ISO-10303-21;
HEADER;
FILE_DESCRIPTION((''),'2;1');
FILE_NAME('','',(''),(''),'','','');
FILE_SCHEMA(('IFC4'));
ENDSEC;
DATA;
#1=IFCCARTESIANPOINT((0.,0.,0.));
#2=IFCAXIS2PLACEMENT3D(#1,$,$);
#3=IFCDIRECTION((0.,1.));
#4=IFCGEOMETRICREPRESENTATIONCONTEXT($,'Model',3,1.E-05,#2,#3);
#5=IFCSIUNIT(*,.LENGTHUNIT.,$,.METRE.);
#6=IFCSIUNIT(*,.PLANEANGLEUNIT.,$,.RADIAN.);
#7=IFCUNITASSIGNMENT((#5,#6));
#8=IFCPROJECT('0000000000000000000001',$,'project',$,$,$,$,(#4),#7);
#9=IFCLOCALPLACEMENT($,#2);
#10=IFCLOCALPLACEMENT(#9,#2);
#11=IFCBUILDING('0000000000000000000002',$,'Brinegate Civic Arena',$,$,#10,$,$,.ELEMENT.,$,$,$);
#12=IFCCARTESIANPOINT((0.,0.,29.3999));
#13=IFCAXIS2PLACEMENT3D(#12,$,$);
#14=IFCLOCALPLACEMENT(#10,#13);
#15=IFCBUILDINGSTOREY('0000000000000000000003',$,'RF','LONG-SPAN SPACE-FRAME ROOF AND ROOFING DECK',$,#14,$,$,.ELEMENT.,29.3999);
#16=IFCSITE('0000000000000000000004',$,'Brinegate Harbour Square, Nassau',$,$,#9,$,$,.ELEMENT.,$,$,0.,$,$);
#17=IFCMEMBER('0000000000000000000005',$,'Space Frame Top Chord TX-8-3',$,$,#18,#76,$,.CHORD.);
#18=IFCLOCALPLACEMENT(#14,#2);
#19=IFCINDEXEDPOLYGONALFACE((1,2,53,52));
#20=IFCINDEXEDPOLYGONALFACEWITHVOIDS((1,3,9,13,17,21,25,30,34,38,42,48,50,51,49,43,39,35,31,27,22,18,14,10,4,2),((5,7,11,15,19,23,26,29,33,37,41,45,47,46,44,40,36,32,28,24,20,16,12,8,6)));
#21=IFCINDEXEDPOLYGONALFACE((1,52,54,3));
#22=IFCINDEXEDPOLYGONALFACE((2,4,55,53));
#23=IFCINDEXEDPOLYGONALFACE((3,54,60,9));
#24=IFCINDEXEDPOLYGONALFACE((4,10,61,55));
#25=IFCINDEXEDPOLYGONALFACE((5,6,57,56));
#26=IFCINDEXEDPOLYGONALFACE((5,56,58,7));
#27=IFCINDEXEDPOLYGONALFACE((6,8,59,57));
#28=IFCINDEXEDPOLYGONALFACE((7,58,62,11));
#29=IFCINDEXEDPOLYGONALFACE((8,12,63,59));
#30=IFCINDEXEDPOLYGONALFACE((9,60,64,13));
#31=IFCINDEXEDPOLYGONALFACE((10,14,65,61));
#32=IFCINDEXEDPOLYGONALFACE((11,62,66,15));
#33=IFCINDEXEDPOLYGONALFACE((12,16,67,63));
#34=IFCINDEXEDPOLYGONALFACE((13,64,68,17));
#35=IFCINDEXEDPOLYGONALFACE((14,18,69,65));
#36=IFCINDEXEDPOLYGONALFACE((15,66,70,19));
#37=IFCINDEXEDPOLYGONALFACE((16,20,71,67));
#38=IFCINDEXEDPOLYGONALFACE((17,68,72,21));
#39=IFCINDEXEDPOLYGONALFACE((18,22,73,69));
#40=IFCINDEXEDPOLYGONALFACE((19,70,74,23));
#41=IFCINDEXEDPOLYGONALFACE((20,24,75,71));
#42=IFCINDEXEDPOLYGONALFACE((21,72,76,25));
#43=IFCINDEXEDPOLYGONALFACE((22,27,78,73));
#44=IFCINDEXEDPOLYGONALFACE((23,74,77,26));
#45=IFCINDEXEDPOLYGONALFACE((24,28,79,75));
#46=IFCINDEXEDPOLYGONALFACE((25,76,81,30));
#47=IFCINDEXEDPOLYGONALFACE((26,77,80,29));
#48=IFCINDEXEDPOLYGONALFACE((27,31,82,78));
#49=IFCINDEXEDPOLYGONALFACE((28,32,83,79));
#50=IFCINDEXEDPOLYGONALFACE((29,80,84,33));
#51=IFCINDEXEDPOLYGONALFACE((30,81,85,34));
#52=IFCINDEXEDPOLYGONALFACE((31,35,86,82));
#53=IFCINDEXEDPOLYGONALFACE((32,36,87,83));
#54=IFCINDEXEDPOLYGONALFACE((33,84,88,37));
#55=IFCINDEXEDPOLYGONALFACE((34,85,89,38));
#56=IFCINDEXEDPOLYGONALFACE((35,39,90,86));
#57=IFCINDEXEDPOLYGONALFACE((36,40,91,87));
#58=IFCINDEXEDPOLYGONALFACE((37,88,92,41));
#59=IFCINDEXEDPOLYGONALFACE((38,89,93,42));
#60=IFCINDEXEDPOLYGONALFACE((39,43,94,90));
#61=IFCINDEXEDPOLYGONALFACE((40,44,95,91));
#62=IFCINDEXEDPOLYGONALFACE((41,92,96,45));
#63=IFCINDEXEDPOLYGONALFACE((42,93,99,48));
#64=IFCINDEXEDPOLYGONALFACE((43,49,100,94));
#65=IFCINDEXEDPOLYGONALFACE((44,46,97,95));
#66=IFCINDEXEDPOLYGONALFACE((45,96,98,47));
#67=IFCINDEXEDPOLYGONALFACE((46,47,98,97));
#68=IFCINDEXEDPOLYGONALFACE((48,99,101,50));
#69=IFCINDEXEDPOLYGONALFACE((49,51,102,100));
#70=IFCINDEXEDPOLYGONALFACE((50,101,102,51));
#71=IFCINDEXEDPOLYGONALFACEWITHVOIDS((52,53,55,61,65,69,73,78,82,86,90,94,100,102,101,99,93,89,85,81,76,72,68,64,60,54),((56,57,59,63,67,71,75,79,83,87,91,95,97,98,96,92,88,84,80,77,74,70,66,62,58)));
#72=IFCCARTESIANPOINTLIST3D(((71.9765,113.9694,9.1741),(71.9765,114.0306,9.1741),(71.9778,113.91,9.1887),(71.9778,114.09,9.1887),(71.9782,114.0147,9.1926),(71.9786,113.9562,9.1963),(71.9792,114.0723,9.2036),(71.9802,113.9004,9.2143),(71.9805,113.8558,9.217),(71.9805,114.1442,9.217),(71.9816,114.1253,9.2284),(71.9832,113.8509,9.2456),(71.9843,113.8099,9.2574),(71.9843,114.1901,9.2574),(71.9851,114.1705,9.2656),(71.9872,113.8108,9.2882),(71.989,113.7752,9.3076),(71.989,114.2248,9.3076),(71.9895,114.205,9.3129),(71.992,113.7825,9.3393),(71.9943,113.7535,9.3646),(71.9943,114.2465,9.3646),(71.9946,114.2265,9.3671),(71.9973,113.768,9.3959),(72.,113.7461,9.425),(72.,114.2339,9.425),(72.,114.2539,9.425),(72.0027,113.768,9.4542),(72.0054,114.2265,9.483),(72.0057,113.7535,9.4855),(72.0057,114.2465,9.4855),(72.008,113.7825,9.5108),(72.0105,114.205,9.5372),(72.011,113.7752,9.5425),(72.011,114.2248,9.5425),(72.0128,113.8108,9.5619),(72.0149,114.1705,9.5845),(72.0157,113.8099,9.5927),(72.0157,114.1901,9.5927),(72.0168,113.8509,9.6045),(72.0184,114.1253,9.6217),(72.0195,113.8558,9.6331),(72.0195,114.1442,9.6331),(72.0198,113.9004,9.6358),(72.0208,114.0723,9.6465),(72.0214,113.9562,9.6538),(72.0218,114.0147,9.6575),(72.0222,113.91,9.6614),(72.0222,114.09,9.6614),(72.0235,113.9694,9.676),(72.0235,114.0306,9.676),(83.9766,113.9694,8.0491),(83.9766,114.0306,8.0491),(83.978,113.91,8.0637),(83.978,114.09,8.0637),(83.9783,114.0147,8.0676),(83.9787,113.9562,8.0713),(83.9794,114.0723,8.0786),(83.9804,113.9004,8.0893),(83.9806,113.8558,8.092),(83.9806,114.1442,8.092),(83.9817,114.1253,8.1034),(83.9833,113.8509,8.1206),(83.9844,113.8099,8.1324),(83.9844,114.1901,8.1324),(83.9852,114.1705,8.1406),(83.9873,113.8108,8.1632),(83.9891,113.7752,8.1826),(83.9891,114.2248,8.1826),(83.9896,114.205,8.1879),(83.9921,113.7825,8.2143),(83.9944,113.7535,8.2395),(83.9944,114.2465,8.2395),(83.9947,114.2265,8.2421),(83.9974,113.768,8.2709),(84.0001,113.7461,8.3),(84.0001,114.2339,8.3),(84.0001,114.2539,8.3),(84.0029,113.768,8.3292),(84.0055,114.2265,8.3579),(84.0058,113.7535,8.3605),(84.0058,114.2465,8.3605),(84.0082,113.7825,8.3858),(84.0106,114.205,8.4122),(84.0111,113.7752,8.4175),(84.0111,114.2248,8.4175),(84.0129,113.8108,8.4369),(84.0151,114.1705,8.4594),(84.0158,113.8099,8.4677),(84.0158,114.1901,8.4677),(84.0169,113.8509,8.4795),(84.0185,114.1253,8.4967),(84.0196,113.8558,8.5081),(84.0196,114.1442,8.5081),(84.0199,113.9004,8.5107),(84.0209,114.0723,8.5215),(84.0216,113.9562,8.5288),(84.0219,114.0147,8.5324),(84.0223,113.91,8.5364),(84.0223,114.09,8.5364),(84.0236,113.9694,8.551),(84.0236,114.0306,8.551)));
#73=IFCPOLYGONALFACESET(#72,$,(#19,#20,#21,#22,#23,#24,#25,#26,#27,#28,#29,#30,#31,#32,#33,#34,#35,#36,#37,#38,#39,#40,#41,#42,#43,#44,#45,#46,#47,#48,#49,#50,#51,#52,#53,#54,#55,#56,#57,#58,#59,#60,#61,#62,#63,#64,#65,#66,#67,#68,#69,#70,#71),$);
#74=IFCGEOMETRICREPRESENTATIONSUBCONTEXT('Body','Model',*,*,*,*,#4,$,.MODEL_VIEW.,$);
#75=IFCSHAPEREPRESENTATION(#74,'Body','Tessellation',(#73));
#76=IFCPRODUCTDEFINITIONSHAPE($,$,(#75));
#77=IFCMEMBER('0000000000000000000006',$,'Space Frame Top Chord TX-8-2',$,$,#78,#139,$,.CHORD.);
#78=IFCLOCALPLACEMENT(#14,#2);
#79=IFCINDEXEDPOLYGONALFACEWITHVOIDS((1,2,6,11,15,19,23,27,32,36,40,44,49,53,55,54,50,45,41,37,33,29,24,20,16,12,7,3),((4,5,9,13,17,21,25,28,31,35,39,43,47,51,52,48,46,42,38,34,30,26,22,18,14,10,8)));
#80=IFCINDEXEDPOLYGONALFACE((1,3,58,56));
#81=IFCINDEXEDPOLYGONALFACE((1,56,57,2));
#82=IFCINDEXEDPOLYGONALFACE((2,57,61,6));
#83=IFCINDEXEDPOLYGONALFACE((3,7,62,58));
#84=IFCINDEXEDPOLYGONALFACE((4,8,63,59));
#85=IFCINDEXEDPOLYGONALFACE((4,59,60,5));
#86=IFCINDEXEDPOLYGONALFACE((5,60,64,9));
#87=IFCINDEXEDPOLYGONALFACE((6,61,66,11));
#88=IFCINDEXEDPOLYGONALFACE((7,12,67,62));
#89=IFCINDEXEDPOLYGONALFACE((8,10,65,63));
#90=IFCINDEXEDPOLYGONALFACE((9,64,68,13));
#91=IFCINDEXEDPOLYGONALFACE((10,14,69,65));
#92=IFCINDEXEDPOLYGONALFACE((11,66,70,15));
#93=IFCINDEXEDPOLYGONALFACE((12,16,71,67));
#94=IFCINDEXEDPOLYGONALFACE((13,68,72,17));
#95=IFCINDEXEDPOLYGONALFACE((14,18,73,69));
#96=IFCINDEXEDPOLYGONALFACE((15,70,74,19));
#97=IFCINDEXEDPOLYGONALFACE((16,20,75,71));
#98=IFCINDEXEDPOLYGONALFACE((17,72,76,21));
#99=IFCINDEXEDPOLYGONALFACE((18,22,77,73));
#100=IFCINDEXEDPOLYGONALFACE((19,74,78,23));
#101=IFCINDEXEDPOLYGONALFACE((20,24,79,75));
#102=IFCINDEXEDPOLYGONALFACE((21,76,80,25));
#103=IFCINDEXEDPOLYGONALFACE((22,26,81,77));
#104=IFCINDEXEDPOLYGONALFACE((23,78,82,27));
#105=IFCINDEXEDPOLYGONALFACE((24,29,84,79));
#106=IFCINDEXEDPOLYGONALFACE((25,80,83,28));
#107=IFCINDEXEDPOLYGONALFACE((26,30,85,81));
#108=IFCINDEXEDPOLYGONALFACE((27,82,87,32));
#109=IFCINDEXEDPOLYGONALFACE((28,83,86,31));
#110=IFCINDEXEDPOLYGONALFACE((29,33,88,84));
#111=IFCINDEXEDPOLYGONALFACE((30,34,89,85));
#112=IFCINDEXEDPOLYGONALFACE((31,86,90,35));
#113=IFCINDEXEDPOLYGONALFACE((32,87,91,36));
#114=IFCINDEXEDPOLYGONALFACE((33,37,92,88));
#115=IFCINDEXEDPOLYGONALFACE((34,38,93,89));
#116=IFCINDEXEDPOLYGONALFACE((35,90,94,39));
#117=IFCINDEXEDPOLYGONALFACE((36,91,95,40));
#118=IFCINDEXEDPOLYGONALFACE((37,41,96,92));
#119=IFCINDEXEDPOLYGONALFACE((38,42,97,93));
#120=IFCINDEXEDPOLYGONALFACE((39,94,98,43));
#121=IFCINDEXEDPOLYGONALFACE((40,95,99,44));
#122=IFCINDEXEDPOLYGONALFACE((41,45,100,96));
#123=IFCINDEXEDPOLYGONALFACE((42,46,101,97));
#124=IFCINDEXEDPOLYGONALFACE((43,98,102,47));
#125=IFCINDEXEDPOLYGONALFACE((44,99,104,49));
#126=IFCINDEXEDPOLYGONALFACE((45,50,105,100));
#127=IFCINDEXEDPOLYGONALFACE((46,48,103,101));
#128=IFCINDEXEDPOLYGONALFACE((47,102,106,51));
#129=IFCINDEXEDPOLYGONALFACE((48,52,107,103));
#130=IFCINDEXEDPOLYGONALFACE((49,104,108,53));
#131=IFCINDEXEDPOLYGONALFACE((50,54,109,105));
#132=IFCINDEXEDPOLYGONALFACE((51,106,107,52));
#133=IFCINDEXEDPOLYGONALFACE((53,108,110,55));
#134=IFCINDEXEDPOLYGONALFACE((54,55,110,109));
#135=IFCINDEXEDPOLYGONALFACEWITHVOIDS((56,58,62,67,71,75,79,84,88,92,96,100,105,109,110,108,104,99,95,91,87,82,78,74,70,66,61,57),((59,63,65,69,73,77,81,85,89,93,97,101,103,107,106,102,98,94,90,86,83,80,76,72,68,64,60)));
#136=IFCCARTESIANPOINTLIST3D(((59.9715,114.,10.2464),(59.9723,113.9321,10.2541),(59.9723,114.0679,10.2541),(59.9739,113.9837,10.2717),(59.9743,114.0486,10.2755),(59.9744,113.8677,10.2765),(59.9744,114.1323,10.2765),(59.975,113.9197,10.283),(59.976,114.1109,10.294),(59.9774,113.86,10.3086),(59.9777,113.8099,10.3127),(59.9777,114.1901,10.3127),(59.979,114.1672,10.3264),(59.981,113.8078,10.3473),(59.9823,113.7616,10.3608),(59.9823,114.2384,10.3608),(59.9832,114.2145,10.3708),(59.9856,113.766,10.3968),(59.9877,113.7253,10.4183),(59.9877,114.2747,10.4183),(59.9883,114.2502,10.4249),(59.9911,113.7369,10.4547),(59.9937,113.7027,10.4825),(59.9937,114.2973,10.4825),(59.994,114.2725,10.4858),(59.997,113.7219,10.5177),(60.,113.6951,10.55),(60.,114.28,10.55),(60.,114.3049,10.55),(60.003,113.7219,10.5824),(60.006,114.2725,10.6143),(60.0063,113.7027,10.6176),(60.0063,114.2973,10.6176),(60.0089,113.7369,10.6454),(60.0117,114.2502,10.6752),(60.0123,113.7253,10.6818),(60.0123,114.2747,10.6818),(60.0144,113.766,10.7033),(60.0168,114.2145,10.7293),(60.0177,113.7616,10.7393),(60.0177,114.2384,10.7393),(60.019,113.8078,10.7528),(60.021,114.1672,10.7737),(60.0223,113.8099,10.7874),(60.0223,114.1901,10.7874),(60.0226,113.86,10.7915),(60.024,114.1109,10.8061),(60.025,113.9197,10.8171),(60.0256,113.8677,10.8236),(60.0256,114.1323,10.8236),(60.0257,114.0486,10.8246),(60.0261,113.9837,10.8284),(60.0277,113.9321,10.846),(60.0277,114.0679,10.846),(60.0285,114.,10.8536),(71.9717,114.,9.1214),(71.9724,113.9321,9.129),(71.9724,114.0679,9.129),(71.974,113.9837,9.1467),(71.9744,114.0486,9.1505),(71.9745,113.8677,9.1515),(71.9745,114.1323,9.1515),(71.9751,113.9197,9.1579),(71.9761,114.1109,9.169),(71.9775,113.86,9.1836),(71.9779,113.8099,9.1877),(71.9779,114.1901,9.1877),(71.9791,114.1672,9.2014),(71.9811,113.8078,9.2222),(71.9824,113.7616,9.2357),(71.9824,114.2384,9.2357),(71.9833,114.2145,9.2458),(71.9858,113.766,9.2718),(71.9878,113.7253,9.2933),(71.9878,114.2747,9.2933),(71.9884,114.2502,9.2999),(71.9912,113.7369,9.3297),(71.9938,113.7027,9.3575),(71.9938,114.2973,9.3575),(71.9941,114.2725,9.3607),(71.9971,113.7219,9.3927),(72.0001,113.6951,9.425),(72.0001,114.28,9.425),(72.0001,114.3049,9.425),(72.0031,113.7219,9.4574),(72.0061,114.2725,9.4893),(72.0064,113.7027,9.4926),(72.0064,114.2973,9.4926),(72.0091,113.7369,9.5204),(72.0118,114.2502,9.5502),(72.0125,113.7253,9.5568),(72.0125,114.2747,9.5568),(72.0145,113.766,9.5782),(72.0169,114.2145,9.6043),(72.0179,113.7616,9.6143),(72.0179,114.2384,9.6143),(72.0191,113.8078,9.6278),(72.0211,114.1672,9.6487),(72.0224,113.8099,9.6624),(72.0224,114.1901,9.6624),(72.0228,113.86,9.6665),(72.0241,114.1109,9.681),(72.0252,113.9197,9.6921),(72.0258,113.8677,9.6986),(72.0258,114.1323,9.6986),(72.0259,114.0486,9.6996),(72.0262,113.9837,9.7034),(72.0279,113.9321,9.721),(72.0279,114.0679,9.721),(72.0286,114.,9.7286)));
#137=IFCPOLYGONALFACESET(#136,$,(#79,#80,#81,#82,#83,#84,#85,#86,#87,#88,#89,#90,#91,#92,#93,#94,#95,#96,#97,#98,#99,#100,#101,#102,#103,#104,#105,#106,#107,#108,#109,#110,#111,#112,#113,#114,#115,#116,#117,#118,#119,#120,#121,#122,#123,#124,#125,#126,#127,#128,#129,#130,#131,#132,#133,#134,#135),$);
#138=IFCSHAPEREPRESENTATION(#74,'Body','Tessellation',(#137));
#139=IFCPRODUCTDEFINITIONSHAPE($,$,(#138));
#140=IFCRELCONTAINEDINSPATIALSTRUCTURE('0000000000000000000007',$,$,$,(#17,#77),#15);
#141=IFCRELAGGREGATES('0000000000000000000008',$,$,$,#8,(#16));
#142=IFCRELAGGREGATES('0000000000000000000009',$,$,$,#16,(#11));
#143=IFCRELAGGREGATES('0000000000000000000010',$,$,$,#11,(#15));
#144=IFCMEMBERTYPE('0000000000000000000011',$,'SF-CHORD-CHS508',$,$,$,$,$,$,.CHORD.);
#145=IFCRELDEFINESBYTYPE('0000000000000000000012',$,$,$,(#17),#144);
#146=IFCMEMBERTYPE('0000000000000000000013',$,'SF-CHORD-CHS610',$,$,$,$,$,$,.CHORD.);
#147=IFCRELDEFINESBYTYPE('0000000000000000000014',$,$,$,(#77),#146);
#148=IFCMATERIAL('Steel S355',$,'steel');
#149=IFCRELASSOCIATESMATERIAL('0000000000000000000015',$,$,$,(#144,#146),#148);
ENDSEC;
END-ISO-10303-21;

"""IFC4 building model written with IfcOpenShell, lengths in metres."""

from ifc_helpers import new_model, si_unit, direction, frame, origin, origin_2d, place, context, subcontext, project, spatial, hollow_circle, extrude, material, material_profile, profile_set, type_object, element, save


model = new_model("IFC4")

# Units and contexts
model_context = context("Model", 3, precision=1e-05, world=origin(), true_north=direction((0.0, 1.0)))
body_context = subcontext(model_context, "Body", "Model", "MODEL_VIEW")
ifc_project = project(units=[si_unit("LENGTHUNIT", "METRE"), si_unit("PLANEANGLEUNIT", "RADIAN")], contexts=[model_context])

# Site, building, storey
site_placement = place(None, origin())
site = spatial("IfcSite", under=ifc_project, at=site_placement, Name="Brinegate Harbour Square, Nassau", CompositionType="ELEMENT", RefElevation=0.0)
building_placement = place(site_placement, origin())
building = spatial("IfcBuilding", under=site, at=building_placement, Name="Brinegate Civic Arena", CompositionType="ELEMENT")
storey_placement = place(building_placement, frame((0.0, 0.0, 29.3999)))
storey = spatial("IfcBuildingStorey", under=building, at=storey_placement, Name="RF", Description="LONG-SPAN SPACE-FRAME ROOF AND ROOFING DECK", CompositionType="ELEMENT", Elevation=29.3999)

# Shared definitions
ifc_material_1 = material(Name="Steel S355", Category="steel")

# Members
ifc_material_profile_1 = material_profile(ifc_material_1, hollow_circle(Radius=0.2539, WallThickness=0.02, at=origin_2d()), Name="CHS508X20")
ifc_profile_set_1 = profile_set([ifc_material_profile_1], Name="Steel S355")
member_type_1 = type_object("IfcMemberType", Name="SF-CHORD-CHS508", PredefinedType="CHORD", material=ifc_profile_set_1)
member_1_placement = place(storey_placement, frame((72.0, 114.0, 9.425), z_axis=(0.995634, 0.0, -0.093341), x_axis=(0.0, 1.0, 0.0)))
element("IfcMember", 1, at=member_1_placement, inside=storey, type_object=member_type_1, Name="Space Frame Top Chord TX-8-3", PredefinedType="CHORD", context=body_context, shape_type="SweptSolid", body=[
    extrude(hollow_circle(Radius=0.2539, WallThickness=0.02, at=origin_2d()), origin(), (0.0, 0.0, 1.0), 12.0527),
])
ifc_material_profile_2 = material_profile(ifc_material_1, hollow_circle(Radius=0.3049, WallThickness=0.0249, at=origin_2d()), Name="CHS610X25")
ifc_profile_set_2 = profile_set([ifc_material_profile_2], Name="Steel S355")
member_type_2 = type_object("IfcMemberType", Name="SF-CHORD-CHS610", PredefinedType="CHORD", material=ifc_profile_set_2)
member_2_placement = place(storey_placement, frame((60.0, 114.0, 10.55), z_axis=(0.995634, 0.0, -0.093341), x_axis=(0.0, 1.0, 0.0)))
element("IfcMember", 2, at=member_2_placement, inside=storey, type_object=member_type_2, Name="Space Frame Top Chord TX-8-2", PredefinedType="CHORD", context=body_context, shape_type="SweptSolid", body=[
    extrude(hollow_circle(Radius=0.3049, WallThickness=0.0249, at=origin_2d()), origin(), (0.0, 0.0, 1.0), 12.0527),
])

save(model, "model.ifc")
